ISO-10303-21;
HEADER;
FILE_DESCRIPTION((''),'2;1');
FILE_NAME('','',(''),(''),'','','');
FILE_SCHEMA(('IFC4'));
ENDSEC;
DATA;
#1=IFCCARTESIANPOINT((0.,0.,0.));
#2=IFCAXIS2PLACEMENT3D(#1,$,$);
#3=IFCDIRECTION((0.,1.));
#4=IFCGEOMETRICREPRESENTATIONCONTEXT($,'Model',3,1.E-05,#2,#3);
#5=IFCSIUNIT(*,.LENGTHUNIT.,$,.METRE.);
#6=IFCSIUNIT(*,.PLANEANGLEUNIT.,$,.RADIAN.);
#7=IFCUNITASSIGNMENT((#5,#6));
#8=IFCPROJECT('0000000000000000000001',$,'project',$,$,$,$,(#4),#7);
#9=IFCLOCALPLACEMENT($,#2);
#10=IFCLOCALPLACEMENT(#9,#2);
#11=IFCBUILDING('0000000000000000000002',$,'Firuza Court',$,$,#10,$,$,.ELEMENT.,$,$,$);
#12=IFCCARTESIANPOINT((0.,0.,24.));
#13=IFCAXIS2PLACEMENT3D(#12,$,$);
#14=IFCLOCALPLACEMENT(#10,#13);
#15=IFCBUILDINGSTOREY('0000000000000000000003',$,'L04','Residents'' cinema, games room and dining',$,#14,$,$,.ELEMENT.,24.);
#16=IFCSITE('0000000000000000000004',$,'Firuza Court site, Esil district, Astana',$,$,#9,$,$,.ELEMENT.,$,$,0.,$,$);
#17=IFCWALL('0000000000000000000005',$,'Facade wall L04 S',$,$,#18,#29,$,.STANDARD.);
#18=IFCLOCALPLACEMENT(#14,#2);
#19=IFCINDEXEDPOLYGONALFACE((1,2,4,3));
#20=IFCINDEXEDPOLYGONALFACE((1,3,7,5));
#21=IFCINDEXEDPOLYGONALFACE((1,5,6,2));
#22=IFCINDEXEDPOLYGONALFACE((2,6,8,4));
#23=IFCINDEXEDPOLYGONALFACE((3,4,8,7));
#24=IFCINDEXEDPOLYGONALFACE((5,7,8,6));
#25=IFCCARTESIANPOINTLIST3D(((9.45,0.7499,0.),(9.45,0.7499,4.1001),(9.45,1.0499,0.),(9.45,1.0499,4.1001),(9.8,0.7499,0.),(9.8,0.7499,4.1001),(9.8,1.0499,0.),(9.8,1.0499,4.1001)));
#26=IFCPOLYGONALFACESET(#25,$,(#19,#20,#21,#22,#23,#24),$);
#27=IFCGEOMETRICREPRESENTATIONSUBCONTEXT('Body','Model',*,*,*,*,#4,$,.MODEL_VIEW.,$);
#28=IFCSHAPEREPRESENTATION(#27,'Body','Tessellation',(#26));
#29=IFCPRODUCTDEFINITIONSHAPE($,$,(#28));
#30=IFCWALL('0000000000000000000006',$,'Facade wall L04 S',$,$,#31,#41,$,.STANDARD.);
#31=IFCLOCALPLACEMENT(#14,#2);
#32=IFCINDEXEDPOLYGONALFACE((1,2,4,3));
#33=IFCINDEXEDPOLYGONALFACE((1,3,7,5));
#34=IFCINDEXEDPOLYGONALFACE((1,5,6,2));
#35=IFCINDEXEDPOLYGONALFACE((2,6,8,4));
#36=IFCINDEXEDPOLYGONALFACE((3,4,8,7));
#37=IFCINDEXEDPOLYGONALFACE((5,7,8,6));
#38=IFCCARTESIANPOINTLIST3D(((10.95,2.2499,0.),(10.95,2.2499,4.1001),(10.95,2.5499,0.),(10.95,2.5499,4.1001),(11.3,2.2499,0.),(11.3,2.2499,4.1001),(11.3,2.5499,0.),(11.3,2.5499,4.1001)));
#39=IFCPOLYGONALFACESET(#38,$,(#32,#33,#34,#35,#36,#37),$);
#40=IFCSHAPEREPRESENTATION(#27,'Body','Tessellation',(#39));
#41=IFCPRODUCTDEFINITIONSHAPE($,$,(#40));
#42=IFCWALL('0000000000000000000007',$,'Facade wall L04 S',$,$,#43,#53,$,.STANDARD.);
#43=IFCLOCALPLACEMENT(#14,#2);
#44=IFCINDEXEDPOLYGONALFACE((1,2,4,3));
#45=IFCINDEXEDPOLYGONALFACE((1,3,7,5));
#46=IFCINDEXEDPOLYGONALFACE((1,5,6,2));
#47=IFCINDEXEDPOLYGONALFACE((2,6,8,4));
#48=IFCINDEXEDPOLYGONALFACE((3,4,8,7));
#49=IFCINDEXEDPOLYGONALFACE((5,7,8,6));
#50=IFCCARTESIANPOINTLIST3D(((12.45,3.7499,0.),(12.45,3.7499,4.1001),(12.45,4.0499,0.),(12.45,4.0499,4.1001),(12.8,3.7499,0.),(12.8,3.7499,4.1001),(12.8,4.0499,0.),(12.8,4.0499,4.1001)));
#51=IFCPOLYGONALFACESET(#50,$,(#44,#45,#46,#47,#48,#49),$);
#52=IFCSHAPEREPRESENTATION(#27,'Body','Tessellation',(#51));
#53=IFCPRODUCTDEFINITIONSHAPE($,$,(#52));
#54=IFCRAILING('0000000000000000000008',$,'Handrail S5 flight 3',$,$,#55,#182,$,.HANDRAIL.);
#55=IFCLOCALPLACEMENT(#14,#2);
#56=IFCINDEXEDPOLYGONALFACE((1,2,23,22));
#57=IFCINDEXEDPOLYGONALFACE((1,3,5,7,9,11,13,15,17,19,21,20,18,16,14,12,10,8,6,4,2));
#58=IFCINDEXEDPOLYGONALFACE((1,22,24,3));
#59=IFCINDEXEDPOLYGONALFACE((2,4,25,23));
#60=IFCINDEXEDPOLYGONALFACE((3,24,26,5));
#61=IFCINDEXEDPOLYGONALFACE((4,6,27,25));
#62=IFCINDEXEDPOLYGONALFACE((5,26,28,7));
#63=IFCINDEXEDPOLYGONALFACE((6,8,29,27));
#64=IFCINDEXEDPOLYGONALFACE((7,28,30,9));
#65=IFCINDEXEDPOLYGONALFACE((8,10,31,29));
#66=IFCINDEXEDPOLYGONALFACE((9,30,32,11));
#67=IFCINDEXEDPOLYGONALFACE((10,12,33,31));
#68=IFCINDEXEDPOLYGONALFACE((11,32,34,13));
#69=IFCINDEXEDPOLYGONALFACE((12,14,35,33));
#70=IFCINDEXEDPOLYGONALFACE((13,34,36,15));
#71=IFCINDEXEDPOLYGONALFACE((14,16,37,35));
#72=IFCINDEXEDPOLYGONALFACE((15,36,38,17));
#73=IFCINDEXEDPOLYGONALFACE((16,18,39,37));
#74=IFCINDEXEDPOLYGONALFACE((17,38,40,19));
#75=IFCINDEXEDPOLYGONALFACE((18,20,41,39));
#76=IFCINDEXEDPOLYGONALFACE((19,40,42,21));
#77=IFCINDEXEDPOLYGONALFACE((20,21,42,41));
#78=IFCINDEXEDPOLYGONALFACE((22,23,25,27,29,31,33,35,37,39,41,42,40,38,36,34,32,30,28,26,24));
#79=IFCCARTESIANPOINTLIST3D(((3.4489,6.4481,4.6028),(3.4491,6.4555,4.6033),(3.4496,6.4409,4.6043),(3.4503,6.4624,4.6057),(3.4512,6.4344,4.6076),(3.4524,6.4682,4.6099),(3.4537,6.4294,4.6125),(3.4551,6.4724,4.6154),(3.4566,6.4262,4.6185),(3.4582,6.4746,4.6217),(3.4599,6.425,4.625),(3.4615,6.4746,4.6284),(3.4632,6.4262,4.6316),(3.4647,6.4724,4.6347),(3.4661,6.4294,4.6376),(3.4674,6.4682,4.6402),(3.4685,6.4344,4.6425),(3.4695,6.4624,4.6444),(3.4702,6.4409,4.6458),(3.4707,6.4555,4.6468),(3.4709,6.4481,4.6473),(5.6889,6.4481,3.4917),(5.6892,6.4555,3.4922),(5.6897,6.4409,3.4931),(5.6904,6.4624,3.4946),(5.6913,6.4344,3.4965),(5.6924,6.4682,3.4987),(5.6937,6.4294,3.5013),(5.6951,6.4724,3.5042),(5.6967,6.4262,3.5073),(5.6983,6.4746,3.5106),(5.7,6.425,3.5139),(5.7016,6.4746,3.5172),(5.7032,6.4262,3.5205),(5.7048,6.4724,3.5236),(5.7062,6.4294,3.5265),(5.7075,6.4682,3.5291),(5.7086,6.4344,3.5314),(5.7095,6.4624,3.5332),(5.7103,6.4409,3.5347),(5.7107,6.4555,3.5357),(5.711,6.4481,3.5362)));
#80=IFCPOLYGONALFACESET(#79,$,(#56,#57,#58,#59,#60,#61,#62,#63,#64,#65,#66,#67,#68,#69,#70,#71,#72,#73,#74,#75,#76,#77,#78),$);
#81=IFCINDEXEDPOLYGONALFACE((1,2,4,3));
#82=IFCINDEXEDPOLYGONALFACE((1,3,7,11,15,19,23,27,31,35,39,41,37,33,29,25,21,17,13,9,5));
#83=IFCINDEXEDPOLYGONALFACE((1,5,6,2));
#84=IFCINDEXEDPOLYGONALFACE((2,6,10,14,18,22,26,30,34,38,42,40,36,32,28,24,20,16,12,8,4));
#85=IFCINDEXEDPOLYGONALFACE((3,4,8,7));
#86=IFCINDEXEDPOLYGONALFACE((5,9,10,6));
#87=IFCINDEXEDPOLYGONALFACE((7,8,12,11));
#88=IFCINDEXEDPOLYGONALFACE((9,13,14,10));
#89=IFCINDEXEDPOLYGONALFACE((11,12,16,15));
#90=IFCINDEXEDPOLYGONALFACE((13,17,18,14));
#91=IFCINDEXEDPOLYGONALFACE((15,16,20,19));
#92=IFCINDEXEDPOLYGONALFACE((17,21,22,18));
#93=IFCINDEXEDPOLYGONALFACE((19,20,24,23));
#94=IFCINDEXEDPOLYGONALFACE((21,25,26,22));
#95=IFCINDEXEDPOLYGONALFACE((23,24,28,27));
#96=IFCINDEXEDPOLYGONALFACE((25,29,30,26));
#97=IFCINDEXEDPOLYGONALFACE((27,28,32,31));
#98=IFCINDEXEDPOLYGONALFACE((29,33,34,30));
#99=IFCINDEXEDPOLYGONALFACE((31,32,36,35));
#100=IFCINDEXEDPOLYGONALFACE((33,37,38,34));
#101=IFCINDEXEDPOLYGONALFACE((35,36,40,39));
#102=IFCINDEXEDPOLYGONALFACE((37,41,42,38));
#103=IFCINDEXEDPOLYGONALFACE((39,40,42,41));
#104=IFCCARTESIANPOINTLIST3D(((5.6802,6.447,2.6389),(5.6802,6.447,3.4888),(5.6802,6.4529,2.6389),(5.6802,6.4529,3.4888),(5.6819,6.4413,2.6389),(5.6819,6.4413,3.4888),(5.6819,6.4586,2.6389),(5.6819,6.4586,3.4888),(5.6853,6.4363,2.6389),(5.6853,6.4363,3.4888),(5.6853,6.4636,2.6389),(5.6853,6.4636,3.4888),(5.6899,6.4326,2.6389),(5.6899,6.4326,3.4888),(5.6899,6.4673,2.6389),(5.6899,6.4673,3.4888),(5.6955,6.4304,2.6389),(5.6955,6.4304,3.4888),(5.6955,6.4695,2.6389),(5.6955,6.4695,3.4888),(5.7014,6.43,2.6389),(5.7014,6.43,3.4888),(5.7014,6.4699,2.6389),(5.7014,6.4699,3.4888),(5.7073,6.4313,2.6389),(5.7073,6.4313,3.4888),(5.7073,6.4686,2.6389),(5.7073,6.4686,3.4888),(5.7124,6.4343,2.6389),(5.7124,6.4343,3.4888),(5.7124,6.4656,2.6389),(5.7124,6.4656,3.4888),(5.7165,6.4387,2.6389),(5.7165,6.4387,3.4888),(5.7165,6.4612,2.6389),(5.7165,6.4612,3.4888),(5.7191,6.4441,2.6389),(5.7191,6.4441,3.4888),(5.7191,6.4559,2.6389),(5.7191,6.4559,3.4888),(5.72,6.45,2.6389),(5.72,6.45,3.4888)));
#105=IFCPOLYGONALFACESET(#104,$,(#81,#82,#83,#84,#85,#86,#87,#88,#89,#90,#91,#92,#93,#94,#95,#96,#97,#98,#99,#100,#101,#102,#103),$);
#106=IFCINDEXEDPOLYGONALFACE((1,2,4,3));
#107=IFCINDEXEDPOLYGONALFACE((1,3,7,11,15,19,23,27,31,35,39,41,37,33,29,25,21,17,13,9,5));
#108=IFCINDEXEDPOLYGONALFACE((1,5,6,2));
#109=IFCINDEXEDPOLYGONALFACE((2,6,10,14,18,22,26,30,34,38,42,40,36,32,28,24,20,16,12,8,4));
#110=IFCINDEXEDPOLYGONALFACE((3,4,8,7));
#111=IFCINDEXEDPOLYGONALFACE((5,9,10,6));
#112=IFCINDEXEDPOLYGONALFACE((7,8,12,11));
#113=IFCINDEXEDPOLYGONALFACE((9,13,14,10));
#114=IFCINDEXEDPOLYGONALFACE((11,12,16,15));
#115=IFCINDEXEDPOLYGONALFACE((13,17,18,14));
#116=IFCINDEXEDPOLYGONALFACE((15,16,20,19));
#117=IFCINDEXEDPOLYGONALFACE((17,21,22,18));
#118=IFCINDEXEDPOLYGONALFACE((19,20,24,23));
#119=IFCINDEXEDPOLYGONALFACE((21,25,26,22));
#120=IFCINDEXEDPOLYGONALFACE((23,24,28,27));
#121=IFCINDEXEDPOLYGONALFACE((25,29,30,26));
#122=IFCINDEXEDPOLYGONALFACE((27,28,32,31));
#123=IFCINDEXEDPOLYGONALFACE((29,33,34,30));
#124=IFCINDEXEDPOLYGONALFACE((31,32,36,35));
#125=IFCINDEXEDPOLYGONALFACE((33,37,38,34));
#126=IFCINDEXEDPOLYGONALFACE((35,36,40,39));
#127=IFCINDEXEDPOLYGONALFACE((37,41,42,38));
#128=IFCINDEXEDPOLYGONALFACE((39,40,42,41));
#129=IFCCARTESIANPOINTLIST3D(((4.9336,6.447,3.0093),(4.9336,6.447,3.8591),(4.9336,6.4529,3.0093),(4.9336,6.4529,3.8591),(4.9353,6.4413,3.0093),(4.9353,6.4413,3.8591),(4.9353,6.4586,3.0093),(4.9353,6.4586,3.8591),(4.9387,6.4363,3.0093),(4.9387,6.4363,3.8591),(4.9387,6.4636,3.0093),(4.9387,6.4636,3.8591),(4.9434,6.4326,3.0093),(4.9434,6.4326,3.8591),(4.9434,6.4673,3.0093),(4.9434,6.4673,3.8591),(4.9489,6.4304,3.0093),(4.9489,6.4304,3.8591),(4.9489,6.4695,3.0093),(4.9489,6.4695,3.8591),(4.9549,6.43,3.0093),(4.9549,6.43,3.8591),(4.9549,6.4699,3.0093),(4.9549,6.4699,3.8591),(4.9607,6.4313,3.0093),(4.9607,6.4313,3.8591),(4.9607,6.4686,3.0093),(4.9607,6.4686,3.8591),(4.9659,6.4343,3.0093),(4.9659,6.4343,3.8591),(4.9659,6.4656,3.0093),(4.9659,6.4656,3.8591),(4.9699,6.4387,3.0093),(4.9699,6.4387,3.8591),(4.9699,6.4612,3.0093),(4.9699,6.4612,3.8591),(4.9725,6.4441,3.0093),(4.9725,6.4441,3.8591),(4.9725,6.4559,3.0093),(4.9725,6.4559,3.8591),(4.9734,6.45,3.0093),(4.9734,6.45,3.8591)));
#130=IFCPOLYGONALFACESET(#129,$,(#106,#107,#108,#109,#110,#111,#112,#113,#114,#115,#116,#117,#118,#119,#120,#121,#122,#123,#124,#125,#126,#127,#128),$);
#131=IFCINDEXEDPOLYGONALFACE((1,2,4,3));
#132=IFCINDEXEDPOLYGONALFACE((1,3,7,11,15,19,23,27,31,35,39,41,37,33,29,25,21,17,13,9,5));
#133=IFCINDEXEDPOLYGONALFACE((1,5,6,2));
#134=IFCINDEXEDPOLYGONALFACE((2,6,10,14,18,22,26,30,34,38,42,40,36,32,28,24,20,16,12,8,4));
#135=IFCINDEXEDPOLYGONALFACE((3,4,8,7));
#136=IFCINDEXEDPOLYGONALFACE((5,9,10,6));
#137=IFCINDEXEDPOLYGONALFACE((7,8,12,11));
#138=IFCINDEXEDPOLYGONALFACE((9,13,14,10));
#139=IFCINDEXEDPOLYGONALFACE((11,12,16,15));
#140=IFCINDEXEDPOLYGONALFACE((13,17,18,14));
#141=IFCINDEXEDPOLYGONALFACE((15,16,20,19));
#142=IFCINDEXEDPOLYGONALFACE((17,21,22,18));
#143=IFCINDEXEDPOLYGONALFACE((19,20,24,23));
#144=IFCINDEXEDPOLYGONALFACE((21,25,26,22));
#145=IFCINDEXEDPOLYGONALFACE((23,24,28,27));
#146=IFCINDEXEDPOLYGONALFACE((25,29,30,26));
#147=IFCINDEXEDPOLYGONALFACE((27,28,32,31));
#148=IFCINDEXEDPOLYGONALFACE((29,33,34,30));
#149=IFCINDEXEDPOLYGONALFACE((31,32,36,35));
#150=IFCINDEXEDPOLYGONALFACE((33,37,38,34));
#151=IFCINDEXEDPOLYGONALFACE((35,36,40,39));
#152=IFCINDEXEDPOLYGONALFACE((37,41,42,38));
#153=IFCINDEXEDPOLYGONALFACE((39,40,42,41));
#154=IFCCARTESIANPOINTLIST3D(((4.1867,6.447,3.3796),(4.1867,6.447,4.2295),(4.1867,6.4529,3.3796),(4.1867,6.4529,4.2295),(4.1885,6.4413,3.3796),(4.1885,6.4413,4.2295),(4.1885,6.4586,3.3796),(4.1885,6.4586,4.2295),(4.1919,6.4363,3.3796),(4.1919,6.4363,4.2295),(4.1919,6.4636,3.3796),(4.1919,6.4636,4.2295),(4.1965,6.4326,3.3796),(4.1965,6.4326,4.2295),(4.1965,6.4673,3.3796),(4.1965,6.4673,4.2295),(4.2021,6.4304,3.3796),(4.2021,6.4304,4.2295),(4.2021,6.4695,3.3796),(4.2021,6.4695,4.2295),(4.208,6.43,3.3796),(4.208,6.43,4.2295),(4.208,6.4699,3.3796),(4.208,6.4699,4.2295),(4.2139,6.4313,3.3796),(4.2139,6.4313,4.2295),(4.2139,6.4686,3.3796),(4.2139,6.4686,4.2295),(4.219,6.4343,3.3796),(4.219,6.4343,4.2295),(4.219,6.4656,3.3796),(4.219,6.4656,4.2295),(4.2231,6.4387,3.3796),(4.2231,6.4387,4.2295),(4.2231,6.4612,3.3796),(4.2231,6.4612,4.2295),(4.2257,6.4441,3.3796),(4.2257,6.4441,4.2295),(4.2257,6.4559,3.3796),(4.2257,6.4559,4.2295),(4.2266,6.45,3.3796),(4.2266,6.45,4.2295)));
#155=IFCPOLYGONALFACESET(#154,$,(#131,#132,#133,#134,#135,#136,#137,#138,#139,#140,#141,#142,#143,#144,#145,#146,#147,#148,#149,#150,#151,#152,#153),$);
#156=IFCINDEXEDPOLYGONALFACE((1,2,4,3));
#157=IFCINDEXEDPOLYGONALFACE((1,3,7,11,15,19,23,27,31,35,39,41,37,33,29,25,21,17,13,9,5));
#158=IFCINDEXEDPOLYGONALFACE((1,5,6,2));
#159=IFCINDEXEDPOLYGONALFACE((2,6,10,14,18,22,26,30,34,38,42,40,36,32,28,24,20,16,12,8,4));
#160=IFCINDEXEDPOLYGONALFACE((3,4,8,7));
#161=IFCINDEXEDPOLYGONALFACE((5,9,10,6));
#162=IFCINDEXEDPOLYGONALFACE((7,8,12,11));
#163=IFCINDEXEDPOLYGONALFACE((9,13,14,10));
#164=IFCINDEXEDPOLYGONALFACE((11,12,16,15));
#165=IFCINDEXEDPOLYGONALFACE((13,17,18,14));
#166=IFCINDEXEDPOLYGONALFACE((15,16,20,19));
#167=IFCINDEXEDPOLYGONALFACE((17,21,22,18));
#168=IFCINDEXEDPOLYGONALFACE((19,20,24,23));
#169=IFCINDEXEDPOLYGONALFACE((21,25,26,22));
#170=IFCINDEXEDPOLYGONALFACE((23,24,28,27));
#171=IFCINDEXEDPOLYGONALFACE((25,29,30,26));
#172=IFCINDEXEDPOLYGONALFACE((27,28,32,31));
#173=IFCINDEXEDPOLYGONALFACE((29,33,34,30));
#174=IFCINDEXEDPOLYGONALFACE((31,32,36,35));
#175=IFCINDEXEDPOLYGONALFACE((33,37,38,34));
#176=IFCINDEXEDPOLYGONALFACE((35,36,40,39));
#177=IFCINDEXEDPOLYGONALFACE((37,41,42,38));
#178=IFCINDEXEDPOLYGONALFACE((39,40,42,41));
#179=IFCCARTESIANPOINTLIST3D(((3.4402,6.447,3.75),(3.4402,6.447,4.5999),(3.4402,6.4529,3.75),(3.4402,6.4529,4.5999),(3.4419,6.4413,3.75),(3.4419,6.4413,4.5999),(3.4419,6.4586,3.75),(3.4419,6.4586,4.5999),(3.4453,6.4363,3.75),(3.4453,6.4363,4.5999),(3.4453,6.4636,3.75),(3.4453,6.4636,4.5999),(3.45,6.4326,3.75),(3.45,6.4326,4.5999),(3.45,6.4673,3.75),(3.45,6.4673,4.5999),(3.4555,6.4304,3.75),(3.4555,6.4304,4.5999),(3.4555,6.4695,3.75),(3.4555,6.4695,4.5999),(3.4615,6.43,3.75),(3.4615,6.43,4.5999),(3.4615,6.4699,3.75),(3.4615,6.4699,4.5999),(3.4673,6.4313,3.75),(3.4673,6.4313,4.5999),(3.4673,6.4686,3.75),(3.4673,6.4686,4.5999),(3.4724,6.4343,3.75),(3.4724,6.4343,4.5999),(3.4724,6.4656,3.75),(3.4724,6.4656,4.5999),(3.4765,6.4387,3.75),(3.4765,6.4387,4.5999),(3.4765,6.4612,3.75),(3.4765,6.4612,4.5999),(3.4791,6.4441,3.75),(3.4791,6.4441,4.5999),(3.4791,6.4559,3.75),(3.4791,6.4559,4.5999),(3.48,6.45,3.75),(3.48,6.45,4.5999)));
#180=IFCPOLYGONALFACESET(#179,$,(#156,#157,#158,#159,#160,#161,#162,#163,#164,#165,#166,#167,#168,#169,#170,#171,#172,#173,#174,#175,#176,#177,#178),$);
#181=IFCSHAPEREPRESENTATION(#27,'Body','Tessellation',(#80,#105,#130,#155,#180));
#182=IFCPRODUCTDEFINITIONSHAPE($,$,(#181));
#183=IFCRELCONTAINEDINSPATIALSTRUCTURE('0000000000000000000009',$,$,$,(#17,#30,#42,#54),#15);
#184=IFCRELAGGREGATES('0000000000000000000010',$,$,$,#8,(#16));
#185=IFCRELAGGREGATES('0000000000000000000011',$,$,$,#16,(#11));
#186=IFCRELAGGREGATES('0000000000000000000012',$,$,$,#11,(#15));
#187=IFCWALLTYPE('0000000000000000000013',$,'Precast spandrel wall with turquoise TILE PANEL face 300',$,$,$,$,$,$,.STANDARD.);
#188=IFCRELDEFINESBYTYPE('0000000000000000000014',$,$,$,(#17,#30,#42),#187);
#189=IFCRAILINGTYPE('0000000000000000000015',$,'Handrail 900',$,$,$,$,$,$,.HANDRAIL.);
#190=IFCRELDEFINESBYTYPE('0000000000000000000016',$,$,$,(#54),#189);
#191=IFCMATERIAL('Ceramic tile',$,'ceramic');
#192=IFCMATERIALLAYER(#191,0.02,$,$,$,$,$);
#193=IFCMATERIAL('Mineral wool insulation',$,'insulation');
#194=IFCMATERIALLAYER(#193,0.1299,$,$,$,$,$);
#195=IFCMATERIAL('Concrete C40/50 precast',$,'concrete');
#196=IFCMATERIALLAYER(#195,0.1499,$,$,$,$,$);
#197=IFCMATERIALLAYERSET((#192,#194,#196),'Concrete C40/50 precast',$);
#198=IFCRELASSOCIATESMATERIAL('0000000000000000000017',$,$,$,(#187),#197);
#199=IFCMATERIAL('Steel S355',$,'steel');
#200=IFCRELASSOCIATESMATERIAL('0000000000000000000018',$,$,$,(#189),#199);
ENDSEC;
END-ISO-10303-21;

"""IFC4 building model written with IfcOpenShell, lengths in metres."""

from ifc_helpers import new_model, si_unit, direction, frame, frame_2d, origin, origin_2d, place, context, subcontext, project, spatial, rectangle, circle, extrude, material, layer, layer_set, type_object, element, save


model = new_model("IFC4")

# Units and contexts
model_context = context("Model", 3, precision=1e-05, world=origin(), true_north=direction((0.0, 1.0)))
body_context = subcontext(model_context, "Body", "Model", "MODEL_VIEW")
ifc_project = project(units=[si_unit("LENGTHUNIT", "METRE"), si_unit("PLANEANGLEUNIT", "RADIAN")], contexts=[model_context])

# Site, building, storey
site_placement = place(None, origin())
site = spatial("IfcSite", under=ifc_project, at=site_placement, Name="Firuza Court site, Esil district, Astana", CompositionType="ELEMENT", RefElevation=0.0)
building_placement = place(site_placement, origin())
building = spatial("IfcBuilding", under=site, at=building_placement, Name="Firuza Court", CompositionType="ELEMENT")
storey_placement = place(building_placement, frame((0.0, 0.0, 24.0)))
storey = spatial("IfcBuildingStorey", under=building, at=storey_placement, Name="L04", Description="Residents' cinema, games room and dining", CompositionType="ELEMENT", Elevation=24.0)

# Walls
ifc_material_1 = material(Name="Ceramic tile", Category="ceramic")
ifc_layer_1 = layer(ifc_material_1, 0.02)
ifc_material_2 = material(Name="Mineral wool insulation", Category="insulation")
ifc_layer_2 = layer(ifc_material_2, 0.1299)
ifc_material_3 = material(Name="Concrete C40/50 precast", Category="concrete")
ifc_layer_3 = layer(ifc_material_3, 0.1499)
ifc_layer_set_1 = layer_set([ifc_layer_1, ifc_layer_2, ifc_layer_3], Name="Concrete C40/50 precast")
wall_type_1 = type_object("IfcWallType", Name="Precast spandrel wall with turquoise TILE PANEL face 300", PredefinedType="STANDARD", material=ifc_layer_set_1)
for number, where, z_axis, x_axis, name in (
    (1, (9.45, 0.8999, 0.0), (0.0, 0.0, 1.0), (1.0, 0.0, 0.0), "Facade wall L04 S"),
    (2, (10.95, 2.3999, 0.0), (0.0, 0.0, 1.0), (1.0, 0.0, 0.0), "Facade wall L04 S"),
    (3, (12.45, 3.8999, 0.0), (0.0, 0.0, 1.0), (1.0, 0.0, 0.0), "Facade wall L04 S"),
):
    element("IfcWall", number, at=place(storey_placement, frame(where, z_axis=z_axis, x_axis=x_axis)), inside=storey, type_object=wall_type_1, Name=name, PredefinedType="STANDARD", context=body_context, shape_type="SweptSolid", body=[
        extrude(rectangle(XDim=0.3501, YDim=0.3, at=frame_2d((0.175, 0.0))), origin(), (0.0, 0.0, 1.0), 4.1001),
    ])

# Railing
ifc_material_4 = material(Name="Steel S355", Category="steel")
railing_type_1 = type_object("IfcRailingType", Name="Handrail 900", PredefinedType="HANDRAIL", material=ifc_material_4)
railing_1_placement = place(storey_placement, frame((5.7, 6.45, 2.6389)))
element("IfcRailing", 4, at=railing_1_placement, inside=storey, type_object=railing_type_1, Name="Handrail S5 flight 3", PredefinedType="HANDRAIL", context=body_context, shape_type="SweptSolid", body=[
    extrude(circle(Radius=0.0249, at=origin_2d()), frame((0.0, 0.0, 0.875), z_axis=(-0.895848, 0.0, 0.44436), x_axis=(0.0, -1.0, 0.0)), (0.0, 0.0, 1.0), 2.5005),
    extrude(circle(Radius=0.02, at=origin_2d()), origin(), (0.0, 0.0, 1.0), 0.8499),
    extrude(circle(Radius=0.02, at=origin_2d()), frame((-0.7466, 0.0, 0.3704)), (0.0, 0.0, 1.0), 0.8499),
    extrude(circle(Radius=0.02, at=origin_2d()), frame((-1.4934, 0.0, 0.7407)), (0.0, 0.0, 1.0), 0.8499),
    extrude(circle(Radius=0.02, at=origin_2d()), frame((-2.24, 0.0, 1.1111)), (0.0, 0.0, 1.0), 0.8499),
])

save(model, "model.ifc")
